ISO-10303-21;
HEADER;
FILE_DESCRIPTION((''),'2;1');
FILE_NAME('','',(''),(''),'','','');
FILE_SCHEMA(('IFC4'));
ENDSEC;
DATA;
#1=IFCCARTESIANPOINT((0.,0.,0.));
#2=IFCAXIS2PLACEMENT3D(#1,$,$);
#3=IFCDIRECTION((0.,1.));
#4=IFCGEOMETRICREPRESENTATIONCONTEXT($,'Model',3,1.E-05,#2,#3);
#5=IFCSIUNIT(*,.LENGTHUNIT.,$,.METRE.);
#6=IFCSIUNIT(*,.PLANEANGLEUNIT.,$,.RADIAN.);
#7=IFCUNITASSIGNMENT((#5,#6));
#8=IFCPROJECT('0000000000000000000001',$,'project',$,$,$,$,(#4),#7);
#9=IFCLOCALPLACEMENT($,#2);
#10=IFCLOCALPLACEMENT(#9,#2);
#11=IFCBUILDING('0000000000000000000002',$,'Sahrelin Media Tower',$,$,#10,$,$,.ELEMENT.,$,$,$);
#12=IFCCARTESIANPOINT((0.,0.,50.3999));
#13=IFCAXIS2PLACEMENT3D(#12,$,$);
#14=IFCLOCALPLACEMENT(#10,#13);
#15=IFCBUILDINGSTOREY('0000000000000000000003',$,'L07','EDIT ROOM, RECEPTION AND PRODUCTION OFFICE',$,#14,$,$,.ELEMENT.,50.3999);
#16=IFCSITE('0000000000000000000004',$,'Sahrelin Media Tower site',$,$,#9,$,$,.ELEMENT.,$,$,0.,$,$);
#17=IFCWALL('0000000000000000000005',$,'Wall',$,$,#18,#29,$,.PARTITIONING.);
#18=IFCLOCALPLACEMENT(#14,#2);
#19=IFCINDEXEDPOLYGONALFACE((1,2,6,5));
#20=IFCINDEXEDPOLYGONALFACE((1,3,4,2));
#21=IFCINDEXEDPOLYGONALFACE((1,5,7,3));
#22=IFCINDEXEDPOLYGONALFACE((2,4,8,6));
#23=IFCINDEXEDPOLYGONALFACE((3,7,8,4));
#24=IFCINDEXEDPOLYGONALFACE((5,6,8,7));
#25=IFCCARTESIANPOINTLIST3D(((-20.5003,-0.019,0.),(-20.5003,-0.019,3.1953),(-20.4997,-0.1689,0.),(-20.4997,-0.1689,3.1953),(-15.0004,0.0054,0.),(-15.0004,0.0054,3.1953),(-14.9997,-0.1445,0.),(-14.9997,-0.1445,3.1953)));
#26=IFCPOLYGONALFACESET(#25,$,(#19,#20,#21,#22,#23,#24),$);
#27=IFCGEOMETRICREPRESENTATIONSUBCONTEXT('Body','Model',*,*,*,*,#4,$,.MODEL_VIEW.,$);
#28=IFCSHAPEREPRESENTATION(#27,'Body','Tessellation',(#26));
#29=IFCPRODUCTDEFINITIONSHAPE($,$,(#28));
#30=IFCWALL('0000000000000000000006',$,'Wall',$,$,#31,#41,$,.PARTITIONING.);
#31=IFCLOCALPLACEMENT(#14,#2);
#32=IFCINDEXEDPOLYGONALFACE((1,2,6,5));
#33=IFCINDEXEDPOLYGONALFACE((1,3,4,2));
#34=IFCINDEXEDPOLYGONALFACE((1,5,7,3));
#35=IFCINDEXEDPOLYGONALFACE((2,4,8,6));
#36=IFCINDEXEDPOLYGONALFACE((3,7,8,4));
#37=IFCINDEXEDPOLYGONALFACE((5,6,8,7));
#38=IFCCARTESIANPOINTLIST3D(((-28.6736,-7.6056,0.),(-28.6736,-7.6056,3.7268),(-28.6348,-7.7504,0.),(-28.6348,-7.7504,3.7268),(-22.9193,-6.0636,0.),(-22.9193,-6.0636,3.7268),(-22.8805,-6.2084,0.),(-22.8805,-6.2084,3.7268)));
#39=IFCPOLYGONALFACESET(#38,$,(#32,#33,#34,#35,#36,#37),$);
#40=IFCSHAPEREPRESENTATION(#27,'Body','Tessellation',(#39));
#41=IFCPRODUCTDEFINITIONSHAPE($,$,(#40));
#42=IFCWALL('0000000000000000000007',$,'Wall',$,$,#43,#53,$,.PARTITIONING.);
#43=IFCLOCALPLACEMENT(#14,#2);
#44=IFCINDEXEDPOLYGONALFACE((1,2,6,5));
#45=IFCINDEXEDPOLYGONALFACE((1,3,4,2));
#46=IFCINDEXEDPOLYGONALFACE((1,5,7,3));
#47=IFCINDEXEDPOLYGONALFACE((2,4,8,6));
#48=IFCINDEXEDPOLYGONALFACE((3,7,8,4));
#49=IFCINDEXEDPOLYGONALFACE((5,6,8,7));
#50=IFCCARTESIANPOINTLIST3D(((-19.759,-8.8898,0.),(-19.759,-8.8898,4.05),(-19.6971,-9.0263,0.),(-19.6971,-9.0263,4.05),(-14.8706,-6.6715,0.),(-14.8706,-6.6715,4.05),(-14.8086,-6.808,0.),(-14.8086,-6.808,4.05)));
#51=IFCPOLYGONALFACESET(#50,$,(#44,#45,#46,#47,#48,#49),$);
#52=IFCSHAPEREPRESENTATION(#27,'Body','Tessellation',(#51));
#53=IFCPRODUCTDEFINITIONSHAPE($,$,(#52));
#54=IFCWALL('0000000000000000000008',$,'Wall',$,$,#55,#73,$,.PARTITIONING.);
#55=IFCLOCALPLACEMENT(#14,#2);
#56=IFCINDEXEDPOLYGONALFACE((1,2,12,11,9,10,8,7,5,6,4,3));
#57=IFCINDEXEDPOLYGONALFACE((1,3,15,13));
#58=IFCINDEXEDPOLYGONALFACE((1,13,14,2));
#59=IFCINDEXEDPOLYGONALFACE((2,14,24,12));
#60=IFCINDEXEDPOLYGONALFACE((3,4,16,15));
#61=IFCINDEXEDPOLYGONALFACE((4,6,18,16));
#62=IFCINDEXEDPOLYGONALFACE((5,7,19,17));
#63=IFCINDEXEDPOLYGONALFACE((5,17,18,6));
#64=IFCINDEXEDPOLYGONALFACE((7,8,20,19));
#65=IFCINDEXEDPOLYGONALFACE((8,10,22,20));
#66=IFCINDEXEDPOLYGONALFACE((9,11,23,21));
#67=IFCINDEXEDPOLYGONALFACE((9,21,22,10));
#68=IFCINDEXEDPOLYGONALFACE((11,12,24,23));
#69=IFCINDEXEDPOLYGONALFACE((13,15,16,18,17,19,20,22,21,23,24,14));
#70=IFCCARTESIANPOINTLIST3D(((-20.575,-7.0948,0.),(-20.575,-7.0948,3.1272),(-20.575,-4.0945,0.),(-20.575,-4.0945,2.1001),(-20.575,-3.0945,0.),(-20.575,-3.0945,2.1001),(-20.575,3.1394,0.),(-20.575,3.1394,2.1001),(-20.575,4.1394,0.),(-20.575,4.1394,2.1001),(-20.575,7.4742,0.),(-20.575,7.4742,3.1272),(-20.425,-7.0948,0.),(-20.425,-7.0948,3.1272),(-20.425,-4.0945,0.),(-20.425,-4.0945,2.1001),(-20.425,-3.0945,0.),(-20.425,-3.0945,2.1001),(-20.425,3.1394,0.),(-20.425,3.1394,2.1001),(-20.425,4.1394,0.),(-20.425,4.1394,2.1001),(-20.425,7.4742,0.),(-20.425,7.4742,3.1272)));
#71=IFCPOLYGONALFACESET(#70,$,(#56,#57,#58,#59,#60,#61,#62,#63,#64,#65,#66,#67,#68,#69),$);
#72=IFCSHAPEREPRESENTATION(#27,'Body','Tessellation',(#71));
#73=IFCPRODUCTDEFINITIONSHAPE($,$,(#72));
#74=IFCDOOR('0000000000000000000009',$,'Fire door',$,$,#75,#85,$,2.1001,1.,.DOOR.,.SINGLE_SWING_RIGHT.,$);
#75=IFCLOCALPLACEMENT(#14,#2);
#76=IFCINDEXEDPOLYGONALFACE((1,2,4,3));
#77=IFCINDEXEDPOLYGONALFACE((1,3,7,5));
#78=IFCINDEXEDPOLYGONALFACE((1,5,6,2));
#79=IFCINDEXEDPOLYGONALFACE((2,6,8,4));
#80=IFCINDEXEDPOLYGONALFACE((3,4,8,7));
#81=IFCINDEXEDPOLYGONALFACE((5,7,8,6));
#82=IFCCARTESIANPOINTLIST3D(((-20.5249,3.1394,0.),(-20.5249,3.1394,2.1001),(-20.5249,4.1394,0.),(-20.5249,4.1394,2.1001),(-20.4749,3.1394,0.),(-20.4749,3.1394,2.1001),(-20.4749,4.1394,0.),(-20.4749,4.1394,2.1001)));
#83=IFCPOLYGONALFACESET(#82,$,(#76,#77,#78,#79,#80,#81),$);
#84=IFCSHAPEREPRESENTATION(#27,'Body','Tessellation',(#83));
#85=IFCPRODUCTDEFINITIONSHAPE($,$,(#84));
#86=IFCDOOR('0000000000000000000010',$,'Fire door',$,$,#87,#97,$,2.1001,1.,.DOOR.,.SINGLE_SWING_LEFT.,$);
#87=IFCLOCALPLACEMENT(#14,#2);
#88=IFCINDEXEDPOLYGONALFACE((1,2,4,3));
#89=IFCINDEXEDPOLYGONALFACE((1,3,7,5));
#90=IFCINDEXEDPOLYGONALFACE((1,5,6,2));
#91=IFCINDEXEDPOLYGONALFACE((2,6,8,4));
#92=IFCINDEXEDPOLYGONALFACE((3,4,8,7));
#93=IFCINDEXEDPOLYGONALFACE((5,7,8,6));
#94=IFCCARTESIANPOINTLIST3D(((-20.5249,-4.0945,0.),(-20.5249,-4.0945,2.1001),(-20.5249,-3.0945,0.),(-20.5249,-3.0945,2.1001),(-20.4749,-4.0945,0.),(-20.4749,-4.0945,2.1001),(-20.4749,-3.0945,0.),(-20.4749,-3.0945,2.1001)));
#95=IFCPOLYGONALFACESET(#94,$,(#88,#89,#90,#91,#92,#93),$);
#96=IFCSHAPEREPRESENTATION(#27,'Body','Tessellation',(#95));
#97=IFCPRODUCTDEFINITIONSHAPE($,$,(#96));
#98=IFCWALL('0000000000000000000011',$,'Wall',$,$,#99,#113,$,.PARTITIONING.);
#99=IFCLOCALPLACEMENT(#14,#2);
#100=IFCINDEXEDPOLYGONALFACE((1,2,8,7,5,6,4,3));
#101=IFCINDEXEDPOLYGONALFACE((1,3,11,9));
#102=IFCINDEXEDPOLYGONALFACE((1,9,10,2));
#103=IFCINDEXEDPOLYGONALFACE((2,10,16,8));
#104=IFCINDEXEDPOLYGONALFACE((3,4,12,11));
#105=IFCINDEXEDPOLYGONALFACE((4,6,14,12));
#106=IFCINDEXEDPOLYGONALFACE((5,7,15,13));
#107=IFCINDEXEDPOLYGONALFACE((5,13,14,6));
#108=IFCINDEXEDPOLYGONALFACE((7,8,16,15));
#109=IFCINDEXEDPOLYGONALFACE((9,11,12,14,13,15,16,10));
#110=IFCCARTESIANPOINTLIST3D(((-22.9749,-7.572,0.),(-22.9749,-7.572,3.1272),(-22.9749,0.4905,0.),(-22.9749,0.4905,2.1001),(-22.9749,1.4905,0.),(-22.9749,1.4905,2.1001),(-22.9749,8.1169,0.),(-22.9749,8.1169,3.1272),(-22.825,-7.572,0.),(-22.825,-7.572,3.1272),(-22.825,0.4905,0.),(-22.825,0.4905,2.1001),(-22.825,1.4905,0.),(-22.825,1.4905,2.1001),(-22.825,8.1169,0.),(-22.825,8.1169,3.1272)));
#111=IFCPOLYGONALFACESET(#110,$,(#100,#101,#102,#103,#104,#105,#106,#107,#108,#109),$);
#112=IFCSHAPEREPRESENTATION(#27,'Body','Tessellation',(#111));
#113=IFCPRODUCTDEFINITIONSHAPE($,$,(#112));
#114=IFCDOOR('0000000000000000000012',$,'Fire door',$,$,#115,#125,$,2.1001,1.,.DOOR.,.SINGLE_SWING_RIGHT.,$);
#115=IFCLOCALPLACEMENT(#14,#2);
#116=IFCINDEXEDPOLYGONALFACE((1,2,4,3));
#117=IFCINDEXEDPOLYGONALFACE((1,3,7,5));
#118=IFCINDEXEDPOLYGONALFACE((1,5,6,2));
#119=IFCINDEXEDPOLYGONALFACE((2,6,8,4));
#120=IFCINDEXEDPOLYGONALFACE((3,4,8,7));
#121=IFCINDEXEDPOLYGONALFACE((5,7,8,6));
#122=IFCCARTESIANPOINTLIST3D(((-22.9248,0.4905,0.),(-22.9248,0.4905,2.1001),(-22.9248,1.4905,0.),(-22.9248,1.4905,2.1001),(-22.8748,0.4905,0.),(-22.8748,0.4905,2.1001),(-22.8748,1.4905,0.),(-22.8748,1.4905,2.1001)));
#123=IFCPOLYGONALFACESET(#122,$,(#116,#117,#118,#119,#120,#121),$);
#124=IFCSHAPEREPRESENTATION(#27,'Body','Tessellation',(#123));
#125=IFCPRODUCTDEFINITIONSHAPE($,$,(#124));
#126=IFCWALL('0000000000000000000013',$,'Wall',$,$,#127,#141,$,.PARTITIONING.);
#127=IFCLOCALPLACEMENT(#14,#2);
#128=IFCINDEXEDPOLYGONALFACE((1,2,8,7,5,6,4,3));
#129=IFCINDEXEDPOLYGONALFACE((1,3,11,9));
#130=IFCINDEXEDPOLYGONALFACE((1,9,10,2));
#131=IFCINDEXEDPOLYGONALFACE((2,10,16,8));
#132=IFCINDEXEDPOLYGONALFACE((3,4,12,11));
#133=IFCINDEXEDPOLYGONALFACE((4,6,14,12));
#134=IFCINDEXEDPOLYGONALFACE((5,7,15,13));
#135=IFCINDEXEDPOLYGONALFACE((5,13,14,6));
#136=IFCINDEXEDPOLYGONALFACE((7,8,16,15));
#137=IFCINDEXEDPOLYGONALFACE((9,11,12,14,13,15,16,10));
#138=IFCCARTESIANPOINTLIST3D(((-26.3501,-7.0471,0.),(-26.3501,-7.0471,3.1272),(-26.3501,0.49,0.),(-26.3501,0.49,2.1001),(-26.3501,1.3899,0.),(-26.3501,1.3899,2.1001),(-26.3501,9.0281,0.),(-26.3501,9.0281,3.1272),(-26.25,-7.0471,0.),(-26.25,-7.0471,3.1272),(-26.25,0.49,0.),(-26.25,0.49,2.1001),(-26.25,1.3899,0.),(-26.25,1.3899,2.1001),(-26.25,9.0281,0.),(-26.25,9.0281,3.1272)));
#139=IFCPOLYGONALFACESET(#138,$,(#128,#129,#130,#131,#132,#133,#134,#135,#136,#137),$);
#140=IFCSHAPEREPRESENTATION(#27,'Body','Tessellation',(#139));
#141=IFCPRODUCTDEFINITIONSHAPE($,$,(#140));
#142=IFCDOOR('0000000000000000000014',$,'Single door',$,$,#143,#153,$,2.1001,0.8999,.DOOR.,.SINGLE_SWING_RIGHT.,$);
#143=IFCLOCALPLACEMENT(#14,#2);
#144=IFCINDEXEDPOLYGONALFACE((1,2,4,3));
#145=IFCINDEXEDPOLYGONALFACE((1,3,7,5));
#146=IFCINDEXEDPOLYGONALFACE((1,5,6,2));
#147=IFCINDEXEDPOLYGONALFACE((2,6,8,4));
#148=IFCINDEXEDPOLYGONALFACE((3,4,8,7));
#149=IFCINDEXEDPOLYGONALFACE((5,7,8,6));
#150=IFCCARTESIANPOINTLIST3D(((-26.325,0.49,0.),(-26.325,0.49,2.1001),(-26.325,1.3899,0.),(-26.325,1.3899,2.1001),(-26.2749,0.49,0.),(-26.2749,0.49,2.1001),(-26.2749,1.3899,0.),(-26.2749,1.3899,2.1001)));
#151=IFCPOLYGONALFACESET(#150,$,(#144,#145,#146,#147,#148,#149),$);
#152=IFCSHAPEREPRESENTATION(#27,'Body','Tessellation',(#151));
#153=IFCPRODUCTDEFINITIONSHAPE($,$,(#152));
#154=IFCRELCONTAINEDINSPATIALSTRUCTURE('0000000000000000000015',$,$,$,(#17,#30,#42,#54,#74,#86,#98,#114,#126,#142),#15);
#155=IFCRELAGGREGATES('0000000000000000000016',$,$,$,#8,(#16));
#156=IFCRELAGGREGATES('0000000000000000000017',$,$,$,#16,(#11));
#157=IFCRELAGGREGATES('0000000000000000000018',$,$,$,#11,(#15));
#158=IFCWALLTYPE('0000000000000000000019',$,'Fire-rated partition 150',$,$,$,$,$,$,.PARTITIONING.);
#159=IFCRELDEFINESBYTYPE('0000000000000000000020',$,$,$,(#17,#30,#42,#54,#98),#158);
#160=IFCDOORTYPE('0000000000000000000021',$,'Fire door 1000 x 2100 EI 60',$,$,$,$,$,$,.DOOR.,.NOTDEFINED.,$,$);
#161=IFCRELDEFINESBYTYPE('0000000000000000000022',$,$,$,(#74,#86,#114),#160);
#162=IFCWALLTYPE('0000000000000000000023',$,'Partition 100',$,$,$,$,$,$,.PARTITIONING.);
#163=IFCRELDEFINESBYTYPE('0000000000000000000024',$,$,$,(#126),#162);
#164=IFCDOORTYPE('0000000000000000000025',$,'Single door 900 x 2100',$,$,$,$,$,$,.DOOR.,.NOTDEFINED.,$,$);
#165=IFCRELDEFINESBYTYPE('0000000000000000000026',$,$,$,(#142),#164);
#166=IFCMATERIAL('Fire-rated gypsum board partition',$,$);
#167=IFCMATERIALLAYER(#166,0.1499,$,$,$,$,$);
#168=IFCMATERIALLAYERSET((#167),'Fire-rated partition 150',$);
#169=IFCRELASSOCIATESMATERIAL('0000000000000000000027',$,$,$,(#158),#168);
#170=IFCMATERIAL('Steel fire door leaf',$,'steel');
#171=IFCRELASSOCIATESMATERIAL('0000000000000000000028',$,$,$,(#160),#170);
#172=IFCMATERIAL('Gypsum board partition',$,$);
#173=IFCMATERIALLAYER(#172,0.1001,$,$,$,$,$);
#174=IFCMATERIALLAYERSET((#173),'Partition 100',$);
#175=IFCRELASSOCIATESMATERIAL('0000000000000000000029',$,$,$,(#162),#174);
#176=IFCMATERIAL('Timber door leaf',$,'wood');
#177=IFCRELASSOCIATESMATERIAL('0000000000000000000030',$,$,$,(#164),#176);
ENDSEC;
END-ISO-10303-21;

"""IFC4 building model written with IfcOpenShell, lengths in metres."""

from ifc_helpers import new_model, si_unit, direction, frame, frame_2d, origin, place, context, subcontext, project, spatial, rectangle, extrude, material, layer, layer_set, type_object, element, fill, save


model = new_model("IFC4")

# Units and contexts
model_context = context("Model", 3, precision=1e-05, world=origin(), true_north=direction((0.0, 1.0)))
body_context = subcontext(model_context, "Body", "Model", "MODEL_VIEW")
ifc_project = project(units=[si_unit("LENGTHUNIT", "METRE"), si_unit("PLANEANGLEUNIT", "RADIAN")], contexts=[model_context])

# Site, building, storey
site_placement = place(None, origin())
site = spatial("IfcSite", under=ifc_project, at=site_placement, Name="Sahrelin Media Tower site", CompositionType="ELEMENT", RefElevation=0.0)
building_placement = place(site_placement, origin())
building = spatial("IfcBuilding", under=site, at=building_placement, Name="Sahrelin Media Tower", CompositionType="ELEMENT")
storey_placement = place(building_placement, frame((0.0, 0.0, 50.3999)))
storey = spatial("IfcBuildingStorey", under=building, at=storey_placement, Name="L07", Description="EDIT ROOM, RECEPTION AND PRODUCTION OFFICE", CompositionType="ELEMENT", Elevation=50.3999)

# Shared definitions
ifc_material_1 = material(Name="Fire-rated gypsum board partition")
ifc_layer_1 = layer(ifc_material_1, 0.1499)
ifc_layer_set_1 = layer_set([ifc_layer_1], Name="Fire-rated partition 150")
wall_type_1 = type_object("IfcWallType", Name="Fire-rated partition 150", PredefinedType="PARTITIONING", material=ifc_layer_set_1)
ifc_material_2 = material(Name="Steel fire door leaf", Category="steel")
door_type_1 = type_object("IfcDoorType", Name="Fire door 1000 x 2100 EI 60", OperationType="NOTDEFINED", PredefinedType="DOOR", material=ifc_material_2)

# Walls
wall_1_placement = place(storey_placement, frame((-20.5, -0.094, 0.0), z_axis=(0.0, 0.0, 1.0), x_axis=(0.99999, 0.004439, 0.0)))
element("IfcWall", 1, at=wall_1_placement, inside=storey, type_object=wall_type_1, Name="Wall", PredefinedType="PARTITIONING", context=body_context, shape_type="SweptSolid", body=[
    extrude(rectangle(XDim=5.5, YDim=0.1499, at=frame_2d((2.75, 0.0))), origin(), (0.0, 0.0, 1.0), 3.1953),
])
wall_2_placement = place(storey_placement, frame((-28.6541, -7.678, 0.0), z_axis=(0.0, 0.0, 1.0), x_axis=(0.965919, 0.258846, 0.0)))
element("IfcWall", 2, at=wall_2_placement, inside=storey, type_object=wall_type_1, Name="Wall", PredefinedType="PARTITIONING", context=body_context, shape_type="SweptSolid", body=[
    extrude(rectangle(XDim=5.9573, YDim=0.1499, at=frame_2d((2.9785, 0.0))), origin(), (0.0, 0.0, 1.0), 3.7268),
])
wall_3_placement = place(storey_placement, frame((-19.728, -8.958, 0.0), z_axis=(0.0, 0.0, 1.0), x_axis=(0.91063, 0.413224, 0.0)))
element("IfcWall", 3, at=wall_3_placement, inside=storey, type_object=wall_type_1, Name="Wall", PredefinedType="PARTITIONING", context=body_context, shape_type="SweptSolid", body=[
    extrude(rectangle(XDim=5.3682, YDim=0.1499, at=frame_2d((2.6841, 0.0))), origin(), (0.0, 0.0, 1.0), 4.05),
])

# Wall, openings, doors
wall_4_placement = place(storey_placement, frame((-20.5, -7.095, 0.0), z_axis=(0.0, 0.0, 1.0), x_axis=(0.0, 1.0, 0.0)))
wall_4 = element("IfcWall", 4, at=wall_4_placement, inside=storey, type_object=wall_type_1, Name="Wall", PredefinedType="PARTITIONING", context=body_context, shape_type="SweptSolid", body=[
    extrude(rectangle(XDim=14.5691, YDim=0.1499, at=frame_2d((7.2847, 0.0))), origin(), (0.0, 0.0, 1.0), 3.1272),
])
opening_1_placement = place(wall_4_placement, frame((10.2344, 0.0, 0.0)))
opening_1 = element("IfcOpeningElement", 5, at=opening_1_placement, cuts=wall_4, PredefinedType="OPENING", context=body_context, shape_type="SweptSolid", body=[
    extrude(rectangle(XDim=1.0, YDim=2.1001, at=frame_2d((0.5, 1.05))), frame((0.0, 0.075, 0.0), z_axis=(0.0, -1.0, 0.0), x_axis=(1.0, 0.0, 0.0)), (0.0, 0.0, 1.0), 0.1499),
])
opening_2_placement = place(wall_4_placement, frame((3.0005, 0.0, 0.0)))
opening_2 = element("IfcOpeningElement", 6, at=opening_2_placement, cuts=wall_4, PredefinedType="OPENING", context=body_context, shape_type="SweptSolid", body=[
    extrude(rectangle(XDim=1.0, YDim=2.1001, at=frame_2d((0.5, 1.05))), frame((0.0, 0.075, 0.0), z_axis=(0.0, -1.0, 0.0), x_axis=(1.0, 0.0, 0.0)), (0.0, 0.0, 1.0), 0.1499),
])
door_1_placement = place(opening_1_placement, origin())
door_1 = element("IfcDoor", 7, at=door_1_placement, inside=storey, type_object=door_type_1, Name="Fire door", OperationType="SINGLE_SWING_RIGHT", OverallHeight=2.1001, OverallWidth=1.0, PredefinedType="DOOR", context=body_context, shape_type="SweptSolid", body=[
    extrude(rectangle(XDim=1.0, YDim=2.1001, at=frame_2d((0.5, 1.05))), frame((0.0, 0.0249, 0.0), z_axis=(0.0, -1.0, 0.0), x_axis=(1.0, 0.0, 0.0)), (0.0, 0.0, 1.0), 0.05),
])
fill(opening_1, door_1)
door_2_placement = place(opening_2_placement, origin())
door_2 = element("IfcDoor", 8, at=door_2_placement, inside=storey, type_object=door_type_1, Name="Fire door", OperationType="SINGLE_SWING_LEFT", OverallHeight=2.1001, OverallWidth=1.0, PredefinedType="DOOR", context=body_context, shape_type="SweptSolid", body=[
    extrude(rectangle(XDim=1.0, YDim=2.1001, at=frame_2d((0.5, 1.05))), frame((0.0, 0.0249, 0.0), z_axis=(0.0, -1.0, 0.0), x_axis=(1.0, 0.0, 0.0)), (0.0, 0.0, 1.0), 0.05),
])
fill(opening_2, door_2)

# Walls, openings, doors
wall_5_placement = place(storey_placement, frame((-22.8999, -7.572, 0.0), z_axis=(0.0, 0.0, 1.0), x_axis=(0.0, 1.0, 0.0)))
wall_5 = element("IfcWall", 9, at=wall_5_placement, inside=storey, type_object=wall_type_1, Name="Wall", PredefinedType="PARTITIONING", context=body_context, shape_type="SweptSolid", body=[
    extrude(rectangle(XDim=15.689, YDim=0.1499, at=frame_2d((7.8445, 0.0))), origin(), (0.0, 0.0, 1.0), 3.1272),
])
opening_3_placement = place(wall_5_placement, frame((8.0625, 0.0, 0.0)))
opening_3 = element("IfcOpeningElement", 10, at=opening_3_placement, cuts=wall_5, PredefinedType="OPENING", context=body_context, shape_type="SweptSolid", body=[
    extrude(rectangle(XDim=1.0, YDim=2.1001, at=frame_2d((0.5, 1.05))), frame((0.0, 0.075, 0.0), z_axis=(0.0, -1.0, 0.0), x_axis=(1.0, 0.0, 0.0)), (0.0, 0.0, 1.0), 0.1499),
])
door_3_placement = place(opening_3_placement, origin())
door_3 = element("IfcDoor", 11, at=door_3_placement, inside=storey, type_object=door_type_1, Name="Fire door", OperationType="SINGLE_SWING_RIGHT", OverallHeight=2.1001, OverallWidth=1.0, PredefinedType="DOOR", context=body_context, shape_type="SweptSolid", body=[
    extrude(rectangle(XDim=1.0, YDim=2.1001, at=frame_2d((0.5, 1.05))), frame((0.0, 0.0249, 0.0), z_axis=(0.0, -1.0, 0.0), x_axis=(1.0, 0.0, 0.0)), (0.0, 0.0, 1.0), 0.05),
])
fill(opening_3, door_3)
ifc_material_3 = material(Name="Gypsum board partition")
ifc_layer_2 = layer(ifc_material_3, 0.1001)
ifc_layer_set_2 = layer_set([ifc_layer_2], Name="Partition 100")
wall_type_2 = type_object("IfcWallType", Name="Partition 100", PredefinedType="PARTITIONING", material=ifc_layer_set_2)
wall_6_placement = place(storey_placement, frame((-26.3, -7.0471, 0.0), z_axis=(0.0, 0.0, 1.0), x_axis=(0.0, 1.0, 0.0)))
wall_6 = element("IfcWall", 12, at=wall_6_placement, inside=storey, type_object=wall_type_2, Name="Wall", PredefinedType="PARTITIONING", context=body_context, shape_type="SweptSolid", body=[
    extrude(rectangle(XDim=16.0752, YDim=0.1001, at=frame_2d((8.0376, 0.0))), origin(), (0.0, 0.0, 1.0), 3.1272),
])
opening_4_placement = place(wall_6_placement, frame((7.5371, 0.0, 0.0)))
opening_4 = element("IfcOpeningElement", 13, at=opening_4_placement, cuts=wall_6, PredefinedType="OPENING", context=body_context, shape_type="SweptSolid", body=[
    extrude(rectangle(XDim=0.8999, YDim=2.1001, at=frame_2d((0.45, 1.05))), frame((0.0, 0.05, 0.0), z_axis=(0.0, -1.0, 0.0), x_axis=(1.0, 0.0, 0.0)), (0.0, 0.0, 1.0), 0.1001),
])
ifc_material_4 = material(Name="Timber door leaf", Category="wood")
door_type_2 = type_object("IfcDoorType", Name="Single door 900 x 2100", OperationType="NOTDEFINED", PredefinedType="DOOR", material=ifc_material_4)
door_4_placement = place(opening_4_placement, origin())
door_4 = element("IfcDoor", 14, at=door_4_placement, inside=storey, type_object=door_type_2, Name="Single door", OperationType="SINGLE_SWING_RIGHT", OverallHeight=2.1001, OverallWidth=0.8999, PredefinedType="DOOR", context=body_context, shape_type="SweptSolid", body=[
    extrude(rectangle(XDim=0.8999, YDim=2.1001, at=frame_2d((0.45, 1.05))), frame((0.0, 0.0249, 0.0), z_axis=(0.0, -1.0, 0.0), x_axis=(1.0, 0.0, 0.0)), (0.0, 0.0, 1.0), 0.05),
])
fill(opening_4, door_4)

save(model, "model.ifc")
